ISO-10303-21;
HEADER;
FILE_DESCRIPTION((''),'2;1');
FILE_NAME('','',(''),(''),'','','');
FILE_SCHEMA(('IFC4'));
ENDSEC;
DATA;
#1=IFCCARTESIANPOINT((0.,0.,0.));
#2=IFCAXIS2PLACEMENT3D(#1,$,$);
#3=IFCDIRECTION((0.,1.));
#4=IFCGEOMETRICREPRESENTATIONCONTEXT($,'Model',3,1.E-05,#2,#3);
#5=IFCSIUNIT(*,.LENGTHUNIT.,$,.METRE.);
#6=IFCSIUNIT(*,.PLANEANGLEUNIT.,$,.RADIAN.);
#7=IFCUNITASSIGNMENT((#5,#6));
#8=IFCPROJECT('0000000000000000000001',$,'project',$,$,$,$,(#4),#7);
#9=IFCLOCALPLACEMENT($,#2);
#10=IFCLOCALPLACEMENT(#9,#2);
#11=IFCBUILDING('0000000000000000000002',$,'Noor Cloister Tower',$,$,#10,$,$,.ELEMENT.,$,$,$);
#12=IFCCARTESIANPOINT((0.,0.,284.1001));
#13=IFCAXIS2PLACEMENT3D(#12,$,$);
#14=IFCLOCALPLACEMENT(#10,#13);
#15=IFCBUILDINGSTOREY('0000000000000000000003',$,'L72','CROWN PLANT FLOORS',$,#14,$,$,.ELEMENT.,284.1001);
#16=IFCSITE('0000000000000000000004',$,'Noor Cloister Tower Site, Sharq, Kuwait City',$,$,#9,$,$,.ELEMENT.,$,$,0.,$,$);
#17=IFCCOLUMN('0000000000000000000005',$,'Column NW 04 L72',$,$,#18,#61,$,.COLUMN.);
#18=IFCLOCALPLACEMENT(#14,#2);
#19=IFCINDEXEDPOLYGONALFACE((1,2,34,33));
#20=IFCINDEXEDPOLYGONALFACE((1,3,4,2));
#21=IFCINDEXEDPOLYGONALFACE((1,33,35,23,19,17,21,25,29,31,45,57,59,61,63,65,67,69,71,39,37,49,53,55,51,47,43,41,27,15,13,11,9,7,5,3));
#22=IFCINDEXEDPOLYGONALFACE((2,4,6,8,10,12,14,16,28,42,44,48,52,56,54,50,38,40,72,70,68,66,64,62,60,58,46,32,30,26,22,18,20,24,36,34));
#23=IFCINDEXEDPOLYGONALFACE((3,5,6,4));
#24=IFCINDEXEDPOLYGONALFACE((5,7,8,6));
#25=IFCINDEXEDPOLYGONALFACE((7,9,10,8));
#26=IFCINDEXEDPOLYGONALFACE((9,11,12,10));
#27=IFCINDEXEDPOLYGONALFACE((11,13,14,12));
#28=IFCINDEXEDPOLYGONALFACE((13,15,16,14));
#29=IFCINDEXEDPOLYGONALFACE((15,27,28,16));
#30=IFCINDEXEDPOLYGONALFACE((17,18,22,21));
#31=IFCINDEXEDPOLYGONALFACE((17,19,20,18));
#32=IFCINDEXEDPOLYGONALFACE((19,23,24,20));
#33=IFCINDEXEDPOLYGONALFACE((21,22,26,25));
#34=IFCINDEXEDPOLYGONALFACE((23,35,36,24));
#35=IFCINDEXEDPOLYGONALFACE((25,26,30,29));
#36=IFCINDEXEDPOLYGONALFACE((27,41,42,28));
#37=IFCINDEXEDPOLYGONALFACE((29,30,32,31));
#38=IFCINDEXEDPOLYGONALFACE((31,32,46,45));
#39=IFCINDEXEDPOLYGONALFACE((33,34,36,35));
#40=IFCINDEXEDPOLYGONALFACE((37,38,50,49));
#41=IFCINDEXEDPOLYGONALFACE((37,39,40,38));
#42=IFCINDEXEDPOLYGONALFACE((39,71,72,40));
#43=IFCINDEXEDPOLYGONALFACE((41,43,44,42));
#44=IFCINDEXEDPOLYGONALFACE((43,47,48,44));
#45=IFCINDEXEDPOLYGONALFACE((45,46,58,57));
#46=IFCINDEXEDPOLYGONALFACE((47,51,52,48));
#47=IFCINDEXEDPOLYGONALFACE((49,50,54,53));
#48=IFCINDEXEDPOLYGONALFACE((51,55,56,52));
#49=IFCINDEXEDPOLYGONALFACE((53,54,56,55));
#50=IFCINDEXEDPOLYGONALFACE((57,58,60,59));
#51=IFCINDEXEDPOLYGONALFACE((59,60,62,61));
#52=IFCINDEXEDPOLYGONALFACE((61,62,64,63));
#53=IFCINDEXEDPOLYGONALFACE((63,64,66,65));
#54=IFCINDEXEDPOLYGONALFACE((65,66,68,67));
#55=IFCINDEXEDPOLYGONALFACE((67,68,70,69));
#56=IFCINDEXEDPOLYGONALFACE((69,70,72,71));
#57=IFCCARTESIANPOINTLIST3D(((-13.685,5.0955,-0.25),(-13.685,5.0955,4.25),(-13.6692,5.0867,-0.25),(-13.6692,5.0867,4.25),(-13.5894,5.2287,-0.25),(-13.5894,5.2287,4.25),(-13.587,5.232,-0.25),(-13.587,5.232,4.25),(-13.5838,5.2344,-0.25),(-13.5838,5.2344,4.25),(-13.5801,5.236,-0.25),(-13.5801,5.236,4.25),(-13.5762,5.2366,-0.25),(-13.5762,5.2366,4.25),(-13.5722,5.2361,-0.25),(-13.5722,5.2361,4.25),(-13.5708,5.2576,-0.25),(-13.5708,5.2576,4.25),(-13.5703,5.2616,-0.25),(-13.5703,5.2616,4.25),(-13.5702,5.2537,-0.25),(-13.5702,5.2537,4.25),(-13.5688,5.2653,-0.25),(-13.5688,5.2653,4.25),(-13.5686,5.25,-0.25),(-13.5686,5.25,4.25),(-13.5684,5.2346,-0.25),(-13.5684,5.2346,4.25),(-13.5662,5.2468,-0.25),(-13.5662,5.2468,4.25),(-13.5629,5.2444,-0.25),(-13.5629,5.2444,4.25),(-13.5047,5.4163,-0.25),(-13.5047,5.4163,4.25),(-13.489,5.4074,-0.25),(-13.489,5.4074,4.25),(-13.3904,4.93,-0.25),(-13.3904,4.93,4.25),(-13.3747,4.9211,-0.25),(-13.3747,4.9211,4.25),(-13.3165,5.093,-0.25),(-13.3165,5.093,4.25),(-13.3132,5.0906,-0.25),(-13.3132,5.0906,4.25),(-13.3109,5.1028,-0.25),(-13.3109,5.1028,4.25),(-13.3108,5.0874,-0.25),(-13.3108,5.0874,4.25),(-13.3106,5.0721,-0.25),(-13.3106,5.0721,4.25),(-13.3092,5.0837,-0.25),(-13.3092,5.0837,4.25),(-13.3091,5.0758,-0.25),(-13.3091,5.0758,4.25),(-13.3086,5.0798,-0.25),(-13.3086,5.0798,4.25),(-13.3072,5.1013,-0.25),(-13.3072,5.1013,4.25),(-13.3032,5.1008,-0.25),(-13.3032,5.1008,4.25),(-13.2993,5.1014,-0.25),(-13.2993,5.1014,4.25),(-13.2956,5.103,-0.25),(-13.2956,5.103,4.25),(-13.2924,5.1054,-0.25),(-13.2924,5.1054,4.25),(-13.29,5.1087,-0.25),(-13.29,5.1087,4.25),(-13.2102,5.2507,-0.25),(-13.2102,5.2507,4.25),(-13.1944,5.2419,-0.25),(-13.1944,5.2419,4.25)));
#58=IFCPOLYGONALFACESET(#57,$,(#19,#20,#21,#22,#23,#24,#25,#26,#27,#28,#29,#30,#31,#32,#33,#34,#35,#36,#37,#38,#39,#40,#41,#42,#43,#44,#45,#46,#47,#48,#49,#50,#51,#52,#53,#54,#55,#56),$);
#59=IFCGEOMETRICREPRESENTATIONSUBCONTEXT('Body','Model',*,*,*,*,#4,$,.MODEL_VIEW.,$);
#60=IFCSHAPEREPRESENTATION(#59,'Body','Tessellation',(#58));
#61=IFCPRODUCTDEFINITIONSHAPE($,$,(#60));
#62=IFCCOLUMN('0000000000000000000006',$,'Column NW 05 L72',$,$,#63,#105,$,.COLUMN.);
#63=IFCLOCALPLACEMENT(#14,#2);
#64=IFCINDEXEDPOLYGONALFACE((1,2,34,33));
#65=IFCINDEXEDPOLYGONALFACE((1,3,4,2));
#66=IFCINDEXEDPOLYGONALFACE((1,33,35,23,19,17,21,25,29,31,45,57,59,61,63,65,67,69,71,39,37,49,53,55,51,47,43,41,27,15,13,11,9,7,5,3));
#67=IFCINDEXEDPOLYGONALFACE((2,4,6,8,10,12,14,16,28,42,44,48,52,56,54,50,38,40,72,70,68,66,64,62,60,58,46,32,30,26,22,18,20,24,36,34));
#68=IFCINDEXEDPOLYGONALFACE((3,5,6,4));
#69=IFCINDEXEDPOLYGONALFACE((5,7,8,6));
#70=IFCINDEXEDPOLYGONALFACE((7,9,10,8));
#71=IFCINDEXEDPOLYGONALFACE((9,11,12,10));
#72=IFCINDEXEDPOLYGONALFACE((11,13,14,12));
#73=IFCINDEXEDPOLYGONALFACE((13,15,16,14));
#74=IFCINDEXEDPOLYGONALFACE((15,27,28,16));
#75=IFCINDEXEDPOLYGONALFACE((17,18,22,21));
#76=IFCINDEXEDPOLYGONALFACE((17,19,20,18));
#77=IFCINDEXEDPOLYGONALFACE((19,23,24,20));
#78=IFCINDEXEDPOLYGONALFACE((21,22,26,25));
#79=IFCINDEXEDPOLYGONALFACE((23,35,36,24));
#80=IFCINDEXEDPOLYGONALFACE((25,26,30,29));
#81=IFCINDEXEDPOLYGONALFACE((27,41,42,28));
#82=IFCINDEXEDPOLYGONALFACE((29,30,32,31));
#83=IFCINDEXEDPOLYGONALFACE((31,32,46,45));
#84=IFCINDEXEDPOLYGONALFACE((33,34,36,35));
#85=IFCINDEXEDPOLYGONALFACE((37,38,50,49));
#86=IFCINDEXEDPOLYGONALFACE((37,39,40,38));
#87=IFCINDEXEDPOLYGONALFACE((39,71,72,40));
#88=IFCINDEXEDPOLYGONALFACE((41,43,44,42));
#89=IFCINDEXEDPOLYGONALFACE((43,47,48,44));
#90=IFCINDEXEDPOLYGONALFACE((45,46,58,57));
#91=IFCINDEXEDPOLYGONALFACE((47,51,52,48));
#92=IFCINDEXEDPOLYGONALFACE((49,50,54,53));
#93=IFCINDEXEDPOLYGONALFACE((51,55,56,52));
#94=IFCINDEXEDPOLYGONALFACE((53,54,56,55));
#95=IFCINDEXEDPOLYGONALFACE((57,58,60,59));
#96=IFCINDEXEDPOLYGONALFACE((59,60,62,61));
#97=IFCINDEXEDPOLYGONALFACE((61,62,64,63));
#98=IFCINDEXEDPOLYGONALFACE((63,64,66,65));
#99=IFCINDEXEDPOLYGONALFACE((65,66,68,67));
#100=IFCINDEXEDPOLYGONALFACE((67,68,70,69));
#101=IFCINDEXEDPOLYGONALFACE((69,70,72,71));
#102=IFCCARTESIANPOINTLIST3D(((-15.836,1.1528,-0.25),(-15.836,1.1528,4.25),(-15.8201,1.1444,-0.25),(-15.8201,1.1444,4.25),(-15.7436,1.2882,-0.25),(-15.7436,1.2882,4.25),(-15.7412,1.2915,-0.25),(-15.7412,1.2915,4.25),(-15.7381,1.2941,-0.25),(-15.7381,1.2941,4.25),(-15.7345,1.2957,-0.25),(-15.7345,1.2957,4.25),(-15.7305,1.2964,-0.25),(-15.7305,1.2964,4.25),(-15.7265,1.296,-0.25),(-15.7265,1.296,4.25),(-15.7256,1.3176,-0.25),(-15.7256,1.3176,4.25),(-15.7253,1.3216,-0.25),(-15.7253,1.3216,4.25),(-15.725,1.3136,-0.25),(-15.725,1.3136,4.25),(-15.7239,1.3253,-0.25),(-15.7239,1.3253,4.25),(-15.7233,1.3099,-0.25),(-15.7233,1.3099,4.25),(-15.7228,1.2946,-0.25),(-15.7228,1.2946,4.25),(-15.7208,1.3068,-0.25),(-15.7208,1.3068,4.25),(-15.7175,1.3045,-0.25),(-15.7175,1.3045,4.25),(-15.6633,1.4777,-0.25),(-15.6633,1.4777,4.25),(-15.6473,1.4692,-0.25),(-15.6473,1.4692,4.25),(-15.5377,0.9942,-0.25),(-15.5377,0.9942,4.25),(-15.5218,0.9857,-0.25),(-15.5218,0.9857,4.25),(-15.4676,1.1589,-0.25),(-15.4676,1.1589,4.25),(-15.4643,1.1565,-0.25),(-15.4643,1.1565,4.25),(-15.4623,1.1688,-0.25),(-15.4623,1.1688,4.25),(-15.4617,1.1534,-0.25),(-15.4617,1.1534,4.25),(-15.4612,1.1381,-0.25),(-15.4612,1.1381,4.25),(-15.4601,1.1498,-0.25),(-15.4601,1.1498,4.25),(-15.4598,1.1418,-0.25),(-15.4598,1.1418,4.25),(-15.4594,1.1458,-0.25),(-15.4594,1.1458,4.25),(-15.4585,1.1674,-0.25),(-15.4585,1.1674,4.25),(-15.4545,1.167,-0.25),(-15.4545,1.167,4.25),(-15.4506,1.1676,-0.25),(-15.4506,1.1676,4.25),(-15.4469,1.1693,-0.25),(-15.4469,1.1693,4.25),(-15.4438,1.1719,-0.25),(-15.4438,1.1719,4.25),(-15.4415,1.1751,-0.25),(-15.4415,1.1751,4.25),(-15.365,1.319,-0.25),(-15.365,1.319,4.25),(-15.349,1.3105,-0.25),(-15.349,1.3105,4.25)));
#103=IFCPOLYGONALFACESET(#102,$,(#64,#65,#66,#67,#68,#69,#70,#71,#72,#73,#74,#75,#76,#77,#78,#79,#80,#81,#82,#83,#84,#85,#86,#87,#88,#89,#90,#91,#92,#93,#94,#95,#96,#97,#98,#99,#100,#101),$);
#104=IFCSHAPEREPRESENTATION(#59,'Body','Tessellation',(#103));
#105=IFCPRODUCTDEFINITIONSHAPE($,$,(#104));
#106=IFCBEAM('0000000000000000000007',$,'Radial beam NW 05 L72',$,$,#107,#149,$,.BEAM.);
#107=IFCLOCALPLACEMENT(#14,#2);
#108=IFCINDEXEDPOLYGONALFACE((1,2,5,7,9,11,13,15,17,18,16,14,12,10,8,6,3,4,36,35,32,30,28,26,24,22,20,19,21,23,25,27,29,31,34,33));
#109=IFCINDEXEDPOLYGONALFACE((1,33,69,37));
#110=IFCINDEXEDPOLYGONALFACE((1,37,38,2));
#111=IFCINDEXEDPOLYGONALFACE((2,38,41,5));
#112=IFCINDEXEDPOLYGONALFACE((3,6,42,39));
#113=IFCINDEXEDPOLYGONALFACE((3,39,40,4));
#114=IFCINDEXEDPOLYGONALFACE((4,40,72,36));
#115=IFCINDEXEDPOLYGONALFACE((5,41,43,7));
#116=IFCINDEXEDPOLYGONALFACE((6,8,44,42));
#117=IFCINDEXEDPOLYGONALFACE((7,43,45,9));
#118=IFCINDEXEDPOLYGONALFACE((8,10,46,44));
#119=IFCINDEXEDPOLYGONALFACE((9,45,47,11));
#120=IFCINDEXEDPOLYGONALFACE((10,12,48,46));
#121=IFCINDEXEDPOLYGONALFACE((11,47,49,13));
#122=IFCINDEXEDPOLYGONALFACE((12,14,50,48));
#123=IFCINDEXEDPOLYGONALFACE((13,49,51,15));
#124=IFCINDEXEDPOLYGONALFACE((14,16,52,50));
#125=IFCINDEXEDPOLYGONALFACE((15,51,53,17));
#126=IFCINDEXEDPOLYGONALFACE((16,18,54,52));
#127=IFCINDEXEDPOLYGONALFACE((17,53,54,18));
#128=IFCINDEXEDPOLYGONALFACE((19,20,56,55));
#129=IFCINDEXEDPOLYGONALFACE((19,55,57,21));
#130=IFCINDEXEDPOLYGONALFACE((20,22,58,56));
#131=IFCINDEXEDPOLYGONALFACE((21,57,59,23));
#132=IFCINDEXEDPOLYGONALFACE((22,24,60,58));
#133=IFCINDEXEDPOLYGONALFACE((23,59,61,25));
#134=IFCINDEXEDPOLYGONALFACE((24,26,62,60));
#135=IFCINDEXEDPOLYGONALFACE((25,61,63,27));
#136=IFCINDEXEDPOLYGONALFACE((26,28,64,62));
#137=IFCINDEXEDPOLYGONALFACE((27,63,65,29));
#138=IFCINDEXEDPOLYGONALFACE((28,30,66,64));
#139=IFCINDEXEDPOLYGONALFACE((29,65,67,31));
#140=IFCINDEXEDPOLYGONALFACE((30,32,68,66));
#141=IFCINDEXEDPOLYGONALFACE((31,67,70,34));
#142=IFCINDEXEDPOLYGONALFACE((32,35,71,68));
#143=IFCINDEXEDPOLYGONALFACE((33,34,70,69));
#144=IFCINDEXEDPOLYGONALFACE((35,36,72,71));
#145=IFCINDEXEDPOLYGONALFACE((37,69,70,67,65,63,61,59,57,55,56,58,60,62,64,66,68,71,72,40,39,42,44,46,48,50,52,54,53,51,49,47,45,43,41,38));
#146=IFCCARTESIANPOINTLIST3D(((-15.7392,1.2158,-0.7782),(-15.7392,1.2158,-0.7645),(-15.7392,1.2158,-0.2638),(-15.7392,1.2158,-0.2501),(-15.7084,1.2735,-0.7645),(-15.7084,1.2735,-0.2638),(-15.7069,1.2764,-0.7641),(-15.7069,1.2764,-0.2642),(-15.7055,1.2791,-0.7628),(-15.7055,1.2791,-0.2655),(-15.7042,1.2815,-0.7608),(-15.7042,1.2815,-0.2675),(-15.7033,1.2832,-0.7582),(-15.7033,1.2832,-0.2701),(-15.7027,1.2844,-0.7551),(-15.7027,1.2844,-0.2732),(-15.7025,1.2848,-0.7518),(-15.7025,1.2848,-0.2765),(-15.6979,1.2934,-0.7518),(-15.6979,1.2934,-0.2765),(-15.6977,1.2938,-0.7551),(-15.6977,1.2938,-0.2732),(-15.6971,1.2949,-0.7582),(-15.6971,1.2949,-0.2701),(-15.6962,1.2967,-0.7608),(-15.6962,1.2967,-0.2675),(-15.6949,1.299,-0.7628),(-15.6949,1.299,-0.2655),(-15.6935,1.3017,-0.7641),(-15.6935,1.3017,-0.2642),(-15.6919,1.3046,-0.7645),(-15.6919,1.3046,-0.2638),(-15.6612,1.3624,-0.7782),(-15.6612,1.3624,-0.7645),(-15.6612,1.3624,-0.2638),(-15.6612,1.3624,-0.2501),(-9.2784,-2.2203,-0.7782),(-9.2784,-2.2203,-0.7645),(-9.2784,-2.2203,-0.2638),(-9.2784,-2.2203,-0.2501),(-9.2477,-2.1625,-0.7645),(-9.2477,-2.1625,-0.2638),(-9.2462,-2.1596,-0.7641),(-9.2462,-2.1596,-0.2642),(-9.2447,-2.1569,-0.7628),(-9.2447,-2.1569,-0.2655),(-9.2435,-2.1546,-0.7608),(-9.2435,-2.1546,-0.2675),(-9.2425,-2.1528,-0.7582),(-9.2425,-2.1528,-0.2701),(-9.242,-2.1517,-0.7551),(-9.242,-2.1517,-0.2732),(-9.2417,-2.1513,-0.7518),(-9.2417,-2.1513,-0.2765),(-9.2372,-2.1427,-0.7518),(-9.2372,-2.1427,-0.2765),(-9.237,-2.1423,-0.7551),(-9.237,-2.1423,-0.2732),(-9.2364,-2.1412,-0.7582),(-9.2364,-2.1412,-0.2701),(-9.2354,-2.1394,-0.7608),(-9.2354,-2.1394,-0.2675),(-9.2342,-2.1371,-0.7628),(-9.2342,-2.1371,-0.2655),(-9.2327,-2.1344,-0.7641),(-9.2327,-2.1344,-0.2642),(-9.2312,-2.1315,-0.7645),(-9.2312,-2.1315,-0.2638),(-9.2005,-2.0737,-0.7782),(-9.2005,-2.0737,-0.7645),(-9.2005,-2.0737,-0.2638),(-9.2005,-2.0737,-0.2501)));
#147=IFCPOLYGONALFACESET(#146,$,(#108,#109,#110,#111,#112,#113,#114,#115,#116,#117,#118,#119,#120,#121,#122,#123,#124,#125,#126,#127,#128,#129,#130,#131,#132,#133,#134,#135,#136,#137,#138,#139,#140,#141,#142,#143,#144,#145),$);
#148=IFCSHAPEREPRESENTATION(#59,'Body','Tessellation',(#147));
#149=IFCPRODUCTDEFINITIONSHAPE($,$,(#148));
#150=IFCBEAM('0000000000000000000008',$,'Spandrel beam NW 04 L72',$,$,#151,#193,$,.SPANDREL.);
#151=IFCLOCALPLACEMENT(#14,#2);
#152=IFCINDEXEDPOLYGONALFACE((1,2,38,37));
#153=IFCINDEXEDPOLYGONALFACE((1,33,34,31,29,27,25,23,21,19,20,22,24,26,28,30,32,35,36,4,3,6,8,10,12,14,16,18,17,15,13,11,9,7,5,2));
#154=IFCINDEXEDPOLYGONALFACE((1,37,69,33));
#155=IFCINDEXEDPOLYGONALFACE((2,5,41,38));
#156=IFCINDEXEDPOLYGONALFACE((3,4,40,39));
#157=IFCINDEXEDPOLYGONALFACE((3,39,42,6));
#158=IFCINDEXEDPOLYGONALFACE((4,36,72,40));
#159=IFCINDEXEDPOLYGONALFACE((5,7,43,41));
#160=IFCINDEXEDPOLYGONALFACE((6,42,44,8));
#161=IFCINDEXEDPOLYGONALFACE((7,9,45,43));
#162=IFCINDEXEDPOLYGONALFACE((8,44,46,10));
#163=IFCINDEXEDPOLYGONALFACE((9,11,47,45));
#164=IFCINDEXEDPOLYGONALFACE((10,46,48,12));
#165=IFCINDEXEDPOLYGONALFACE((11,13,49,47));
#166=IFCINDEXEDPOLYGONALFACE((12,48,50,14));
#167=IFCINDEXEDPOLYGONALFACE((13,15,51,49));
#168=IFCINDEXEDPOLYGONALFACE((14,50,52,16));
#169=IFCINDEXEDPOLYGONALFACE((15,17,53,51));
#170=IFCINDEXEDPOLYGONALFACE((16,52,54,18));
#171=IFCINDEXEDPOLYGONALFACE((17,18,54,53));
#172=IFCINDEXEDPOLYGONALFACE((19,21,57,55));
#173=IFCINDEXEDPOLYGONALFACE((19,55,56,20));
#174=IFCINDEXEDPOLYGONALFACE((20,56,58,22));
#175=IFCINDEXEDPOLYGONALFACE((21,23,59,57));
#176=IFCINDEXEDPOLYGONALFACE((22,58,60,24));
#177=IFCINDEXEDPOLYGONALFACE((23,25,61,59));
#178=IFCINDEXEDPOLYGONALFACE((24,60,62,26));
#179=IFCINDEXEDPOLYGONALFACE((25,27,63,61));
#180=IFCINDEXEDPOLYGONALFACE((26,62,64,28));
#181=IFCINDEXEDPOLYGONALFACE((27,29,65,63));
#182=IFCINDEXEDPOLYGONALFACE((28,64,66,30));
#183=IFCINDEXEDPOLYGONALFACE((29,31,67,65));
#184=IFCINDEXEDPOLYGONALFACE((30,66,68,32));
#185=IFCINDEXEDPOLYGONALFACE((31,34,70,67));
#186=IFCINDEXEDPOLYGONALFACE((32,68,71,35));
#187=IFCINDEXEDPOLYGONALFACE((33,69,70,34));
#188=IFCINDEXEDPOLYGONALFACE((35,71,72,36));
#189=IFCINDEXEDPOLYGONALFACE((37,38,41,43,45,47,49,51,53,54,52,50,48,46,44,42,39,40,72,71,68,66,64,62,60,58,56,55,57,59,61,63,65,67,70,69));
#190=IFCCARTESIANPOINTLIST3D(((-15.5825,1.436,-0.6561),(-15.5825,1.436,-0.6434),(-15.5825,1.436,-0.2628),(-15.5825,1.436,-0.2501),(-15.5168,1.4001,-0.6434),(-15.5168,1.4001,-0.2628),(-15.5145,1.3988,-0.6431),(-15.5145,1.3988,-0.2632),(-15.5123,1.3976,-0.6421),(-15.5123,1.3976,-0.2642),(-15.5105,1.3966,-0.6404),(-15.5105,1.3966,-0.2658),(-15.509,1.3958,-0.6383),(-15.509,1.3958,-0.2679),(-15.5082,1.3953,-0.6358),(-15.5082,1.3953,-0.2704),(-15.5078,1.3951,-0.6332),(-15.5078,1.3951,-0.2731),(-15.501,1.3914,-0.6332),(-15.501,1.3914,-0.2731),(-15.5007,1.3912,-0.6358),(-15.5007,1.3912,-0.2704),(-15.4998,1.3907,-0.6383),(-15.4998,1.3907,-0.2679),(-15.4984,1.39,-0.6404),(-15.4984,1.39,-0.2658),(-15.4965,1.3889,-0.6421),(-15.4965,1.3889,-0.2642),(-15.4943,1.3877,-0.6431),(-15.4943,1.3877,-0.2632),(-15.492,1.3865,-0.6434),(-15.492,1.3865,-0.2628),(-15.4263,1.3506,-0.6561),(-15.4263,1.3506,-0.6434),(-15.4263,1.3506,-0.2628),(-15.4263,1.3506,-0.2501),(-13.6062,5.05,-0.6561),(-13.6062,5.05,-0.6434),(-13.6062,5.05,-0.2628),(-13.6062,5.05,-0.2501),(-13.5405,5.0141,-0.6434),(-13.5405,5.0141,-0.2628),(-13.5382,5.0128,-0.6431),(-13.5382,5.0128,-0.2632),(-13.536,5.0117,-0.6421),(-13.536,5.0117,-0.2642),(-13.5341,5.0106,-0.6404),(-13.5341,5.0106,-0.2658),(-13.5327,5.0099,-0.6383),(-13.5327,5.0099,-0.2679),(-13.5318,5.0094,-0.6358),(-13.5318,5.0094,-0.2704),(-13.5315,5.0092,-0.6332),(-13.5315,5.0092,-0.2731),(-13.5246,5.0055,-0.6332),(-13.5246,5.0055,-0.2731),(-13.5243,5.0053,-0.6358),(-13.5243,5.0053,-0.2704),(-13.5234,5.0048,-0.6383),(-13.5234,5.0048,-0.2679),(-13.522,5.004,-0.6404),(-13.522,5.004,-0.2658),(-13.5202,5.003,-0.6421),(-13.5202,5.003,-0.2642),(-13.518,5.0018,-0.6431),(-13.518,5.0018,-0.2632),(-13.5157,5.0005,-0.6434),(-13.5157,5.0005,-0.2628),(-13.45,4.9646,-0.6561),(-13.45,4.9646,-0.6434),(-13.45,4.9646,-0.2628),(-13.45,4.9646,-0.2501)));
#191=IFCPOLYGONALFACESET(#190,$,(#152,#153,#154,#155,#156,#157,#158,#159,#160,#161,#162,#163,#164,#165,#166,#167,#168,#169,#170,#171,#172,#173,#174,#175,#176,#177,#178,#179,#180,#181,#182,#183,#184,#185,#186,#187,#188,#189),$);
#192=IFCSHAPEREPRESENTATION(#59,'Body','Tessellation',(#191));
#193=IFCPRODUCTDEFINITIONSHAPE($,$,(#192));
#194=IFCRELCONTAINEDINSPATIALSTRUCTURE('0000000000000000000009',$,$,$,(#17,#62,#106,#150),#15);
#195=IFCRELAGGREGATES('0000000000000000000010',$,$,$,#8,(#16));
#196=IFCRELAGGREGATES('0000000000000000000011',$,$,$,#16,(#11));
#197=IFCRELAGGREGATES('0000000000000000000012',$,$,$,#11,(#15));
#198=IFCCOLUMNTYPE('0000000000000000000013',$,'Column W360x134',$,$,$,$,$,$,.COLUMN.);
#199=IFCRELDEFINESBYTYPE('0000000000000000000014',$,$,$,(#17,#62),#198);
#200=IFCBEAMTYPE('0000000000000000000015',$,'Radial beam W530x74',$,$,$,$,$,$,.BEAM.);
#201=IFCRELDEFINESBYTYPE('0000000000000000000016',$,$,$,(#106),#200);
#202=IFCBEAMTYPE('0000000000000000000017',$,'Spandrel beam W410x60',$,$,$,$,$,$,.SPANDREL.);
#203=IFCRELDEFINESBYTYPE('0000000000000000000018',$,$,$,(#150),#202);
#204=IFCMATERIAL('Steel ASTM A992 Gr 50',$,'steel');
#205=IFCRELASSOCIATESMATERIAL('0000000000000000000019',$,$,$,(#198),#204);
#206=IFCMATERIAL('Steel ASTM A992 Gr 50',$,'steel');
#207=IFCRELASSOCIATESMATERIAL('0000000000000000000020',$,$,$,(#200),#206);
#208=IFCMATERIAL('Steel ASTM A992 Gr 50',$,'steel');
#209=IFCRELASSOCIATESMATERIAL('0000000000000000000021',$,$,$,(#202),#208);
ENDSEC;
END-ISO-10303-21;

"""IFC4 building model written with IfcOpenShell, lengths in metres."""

from ifc_helpers import new_model, si_unit, direction, frame, origin, origin_2d, place, context, subcontext, project, spatial, i_section, extrude, material, material_profile, profile_set, type_object, element, save


model = new_model("IFC4")

# Units and contexts
model_context = context("Model", 3, precision=1e-05, world=origin(), true_north=direction((0.0, 1.0)))
body_context = subcontext(model_context, "Body", "Model", "MODEL_VIEW")
ifc_project = project(units=[si_unit("LENGTHUNIT", "METRE"), si_unit("PLANEANGLEUNIT", "RADIAN")], contexts=[model_context])

# Site, building, storey
site_placement = place(None, origin())
site = spatial("IfcSite", under=ifc_project, at=site_placement, Name="Noor Cloister Tower Site, Sharq, Kuwait City", CompositionType="ELEMENT", RefElevation=0.0)
building_placement = place(site_placement, origin())
building = spatial("IfcBuilding", under=site, at=building_placement, Name="Noor Cloister Tower", CompositionType="ELEMENT")
storey_placement = place(building_placement, frame((0.0, 0.0, 284.1001)))
storey = spatial("IfcBuildingStorey", under=building, at=storey_placement, Name="L72", Description="CROWN PLANT FLOORS", CompositionType="ELEMENT", Elevation=284.1001)

# Columns
ifc_material_1 = material(Name="Steel ASTM A992 Gr 50", Category="steel")
ifc_material_profile_1 = material_profile(ifc_material_1, i_section(OverallWidth=0.3679, OverallDepth=0.356, WebThickness=0.0112, FlangeThickness=0.0181, FilletRadius=0.0154, at=origin_2d()), Name="W360x134")
ifc_profile_set_1 = profile_set([ifc_material_profile_1], Name="Steel ASTM A992 Gr 50")
column_type = type_object("IfcColumnType", Name="Column W360x134", PredefinedType="COLUMN", material=ifc_profile_set_1)
for number, where, z_axis, x_axis, name in (
    (1, (-13.4397, 5.1687, -0.25), (0.0, 0.0, 1.0), (-0.489924, -0.871765, 0.0), "Column NW 04 L72"),
    (2, (-15.5925, 1.2317, -0.25), (0.0, 0.0, 1.0), (-0.469576, -0.882892, 0.0), "Column NW 05 L72"),
):
    element("IfcColumn", number, at=place(storey_placement, frame(where, z_axis=z_axis, x_axis=x_axis)), inside=storey, type_object=column_type, Name=name, PredefinedType="COLUMN", context=body_context, shape_type="SweptSolid", body=[
        extrude(i_section(OverallWidth=0.3679, OverallDepth=0.356, WebThickness=0.0112, FlangeThickness=0.0181, FilletRadius=0.0154, at=origin_2d()), origin(), (0.0, 0.0, 1.0), 4.5),
    ])

# Beams
ifc_material_2 = material(Name="Steel ASTM A992 Gr 50", Category="steel")
ifc_material_profile_2 = material_profile(ifc_material_2, i_section(OverallWidth=0.166, OverallDepth=0.5281, WebThickness=0.0098, FlangeThickness=0.0137, FilletRadius=0.0127, at=origin_2d()), Name="W530x74")
ifc_profile_set_2 = profile_set([ifc_material_profile_2], Name="Steel ASTM A992 Gr 50")
beam_type_1 = type_object("IfcBeamType", Name="Radial beam W530x74", PredefinedType="BEAM", material=ifc_profile_set_2)
beam_placement = place(storey_placement, frame((-15.7002, 1.2891, -0.5142), z_axis=(0.882901, -0.469559, 0.0), x_axis=(0.469559, 0.882901, 0.0)))
element("IfcBeam", 3, at=beam_placement, inside=storey, type_object=beam_type_1, Name="Radial beam NW 05 L72", PredefinedType="BEAM", context=body_context, shape_type="SweptSolid", body=[
    extrude(i_section(OverallWidth=0.166, OverallDepth=0.5281, WebThickness=0.0098, FlangeThickness=0.0137, FilletRadius=0.0127, at=origin_2d()), origin(), (0.0, 0.0, 1.0), 7.3176),
])
ifc_material_3 = material(Name="Steel ASTM A992 Gr 50", Category="steel")
ifc_material_profile_3 = material_profile(ifc_material_3, i_section(OverallWidth=0.178, OverallDepth=0.406, WebThickness=0.0078, FlangeThickness=0.0127, FilletRadius=0.0103, at=origin_2d()), Name="W410x60")
ifc_profile_set_3 = profile_set([ifc_material_profile_3], Name="Steel ASTM A992 Gr 50")
beam_type_2 = type_object("IfcBeamType", Name="Spandrel beam W410x60", PredefinedType="SPANDREL", material=ifc_profile_set_3)
for number, where, z_axis, x_axis, name in (
    (4, (-13.5281, 5.0073, -0.4531), (-0.479795, -0.877381, 0.0), (0.877381, -0.479795, 0.0), "Spandrel beam NW 04 L72"),
):
    element("IfcBeam", number, at=place(storey_placement, frame(where, z_axis=z_axis, x_axis=x_axis)), inside=storey, type_object=beam_type_2, Name=name, PredefinedType="SPANDREL", context=body_context, shape_type="SweptSolid", body=[
        extrude(i_section(OverallWidth=0.178, OverallDepth=0.406, WebThickness=0.0078, FlangeThickness=0.0127, FilletRadius=0.0103, at=origin_2d()), origin(), (0.0, 0.0, 1.0), 4.1191),
    ])

save(model, "model.ifc")
